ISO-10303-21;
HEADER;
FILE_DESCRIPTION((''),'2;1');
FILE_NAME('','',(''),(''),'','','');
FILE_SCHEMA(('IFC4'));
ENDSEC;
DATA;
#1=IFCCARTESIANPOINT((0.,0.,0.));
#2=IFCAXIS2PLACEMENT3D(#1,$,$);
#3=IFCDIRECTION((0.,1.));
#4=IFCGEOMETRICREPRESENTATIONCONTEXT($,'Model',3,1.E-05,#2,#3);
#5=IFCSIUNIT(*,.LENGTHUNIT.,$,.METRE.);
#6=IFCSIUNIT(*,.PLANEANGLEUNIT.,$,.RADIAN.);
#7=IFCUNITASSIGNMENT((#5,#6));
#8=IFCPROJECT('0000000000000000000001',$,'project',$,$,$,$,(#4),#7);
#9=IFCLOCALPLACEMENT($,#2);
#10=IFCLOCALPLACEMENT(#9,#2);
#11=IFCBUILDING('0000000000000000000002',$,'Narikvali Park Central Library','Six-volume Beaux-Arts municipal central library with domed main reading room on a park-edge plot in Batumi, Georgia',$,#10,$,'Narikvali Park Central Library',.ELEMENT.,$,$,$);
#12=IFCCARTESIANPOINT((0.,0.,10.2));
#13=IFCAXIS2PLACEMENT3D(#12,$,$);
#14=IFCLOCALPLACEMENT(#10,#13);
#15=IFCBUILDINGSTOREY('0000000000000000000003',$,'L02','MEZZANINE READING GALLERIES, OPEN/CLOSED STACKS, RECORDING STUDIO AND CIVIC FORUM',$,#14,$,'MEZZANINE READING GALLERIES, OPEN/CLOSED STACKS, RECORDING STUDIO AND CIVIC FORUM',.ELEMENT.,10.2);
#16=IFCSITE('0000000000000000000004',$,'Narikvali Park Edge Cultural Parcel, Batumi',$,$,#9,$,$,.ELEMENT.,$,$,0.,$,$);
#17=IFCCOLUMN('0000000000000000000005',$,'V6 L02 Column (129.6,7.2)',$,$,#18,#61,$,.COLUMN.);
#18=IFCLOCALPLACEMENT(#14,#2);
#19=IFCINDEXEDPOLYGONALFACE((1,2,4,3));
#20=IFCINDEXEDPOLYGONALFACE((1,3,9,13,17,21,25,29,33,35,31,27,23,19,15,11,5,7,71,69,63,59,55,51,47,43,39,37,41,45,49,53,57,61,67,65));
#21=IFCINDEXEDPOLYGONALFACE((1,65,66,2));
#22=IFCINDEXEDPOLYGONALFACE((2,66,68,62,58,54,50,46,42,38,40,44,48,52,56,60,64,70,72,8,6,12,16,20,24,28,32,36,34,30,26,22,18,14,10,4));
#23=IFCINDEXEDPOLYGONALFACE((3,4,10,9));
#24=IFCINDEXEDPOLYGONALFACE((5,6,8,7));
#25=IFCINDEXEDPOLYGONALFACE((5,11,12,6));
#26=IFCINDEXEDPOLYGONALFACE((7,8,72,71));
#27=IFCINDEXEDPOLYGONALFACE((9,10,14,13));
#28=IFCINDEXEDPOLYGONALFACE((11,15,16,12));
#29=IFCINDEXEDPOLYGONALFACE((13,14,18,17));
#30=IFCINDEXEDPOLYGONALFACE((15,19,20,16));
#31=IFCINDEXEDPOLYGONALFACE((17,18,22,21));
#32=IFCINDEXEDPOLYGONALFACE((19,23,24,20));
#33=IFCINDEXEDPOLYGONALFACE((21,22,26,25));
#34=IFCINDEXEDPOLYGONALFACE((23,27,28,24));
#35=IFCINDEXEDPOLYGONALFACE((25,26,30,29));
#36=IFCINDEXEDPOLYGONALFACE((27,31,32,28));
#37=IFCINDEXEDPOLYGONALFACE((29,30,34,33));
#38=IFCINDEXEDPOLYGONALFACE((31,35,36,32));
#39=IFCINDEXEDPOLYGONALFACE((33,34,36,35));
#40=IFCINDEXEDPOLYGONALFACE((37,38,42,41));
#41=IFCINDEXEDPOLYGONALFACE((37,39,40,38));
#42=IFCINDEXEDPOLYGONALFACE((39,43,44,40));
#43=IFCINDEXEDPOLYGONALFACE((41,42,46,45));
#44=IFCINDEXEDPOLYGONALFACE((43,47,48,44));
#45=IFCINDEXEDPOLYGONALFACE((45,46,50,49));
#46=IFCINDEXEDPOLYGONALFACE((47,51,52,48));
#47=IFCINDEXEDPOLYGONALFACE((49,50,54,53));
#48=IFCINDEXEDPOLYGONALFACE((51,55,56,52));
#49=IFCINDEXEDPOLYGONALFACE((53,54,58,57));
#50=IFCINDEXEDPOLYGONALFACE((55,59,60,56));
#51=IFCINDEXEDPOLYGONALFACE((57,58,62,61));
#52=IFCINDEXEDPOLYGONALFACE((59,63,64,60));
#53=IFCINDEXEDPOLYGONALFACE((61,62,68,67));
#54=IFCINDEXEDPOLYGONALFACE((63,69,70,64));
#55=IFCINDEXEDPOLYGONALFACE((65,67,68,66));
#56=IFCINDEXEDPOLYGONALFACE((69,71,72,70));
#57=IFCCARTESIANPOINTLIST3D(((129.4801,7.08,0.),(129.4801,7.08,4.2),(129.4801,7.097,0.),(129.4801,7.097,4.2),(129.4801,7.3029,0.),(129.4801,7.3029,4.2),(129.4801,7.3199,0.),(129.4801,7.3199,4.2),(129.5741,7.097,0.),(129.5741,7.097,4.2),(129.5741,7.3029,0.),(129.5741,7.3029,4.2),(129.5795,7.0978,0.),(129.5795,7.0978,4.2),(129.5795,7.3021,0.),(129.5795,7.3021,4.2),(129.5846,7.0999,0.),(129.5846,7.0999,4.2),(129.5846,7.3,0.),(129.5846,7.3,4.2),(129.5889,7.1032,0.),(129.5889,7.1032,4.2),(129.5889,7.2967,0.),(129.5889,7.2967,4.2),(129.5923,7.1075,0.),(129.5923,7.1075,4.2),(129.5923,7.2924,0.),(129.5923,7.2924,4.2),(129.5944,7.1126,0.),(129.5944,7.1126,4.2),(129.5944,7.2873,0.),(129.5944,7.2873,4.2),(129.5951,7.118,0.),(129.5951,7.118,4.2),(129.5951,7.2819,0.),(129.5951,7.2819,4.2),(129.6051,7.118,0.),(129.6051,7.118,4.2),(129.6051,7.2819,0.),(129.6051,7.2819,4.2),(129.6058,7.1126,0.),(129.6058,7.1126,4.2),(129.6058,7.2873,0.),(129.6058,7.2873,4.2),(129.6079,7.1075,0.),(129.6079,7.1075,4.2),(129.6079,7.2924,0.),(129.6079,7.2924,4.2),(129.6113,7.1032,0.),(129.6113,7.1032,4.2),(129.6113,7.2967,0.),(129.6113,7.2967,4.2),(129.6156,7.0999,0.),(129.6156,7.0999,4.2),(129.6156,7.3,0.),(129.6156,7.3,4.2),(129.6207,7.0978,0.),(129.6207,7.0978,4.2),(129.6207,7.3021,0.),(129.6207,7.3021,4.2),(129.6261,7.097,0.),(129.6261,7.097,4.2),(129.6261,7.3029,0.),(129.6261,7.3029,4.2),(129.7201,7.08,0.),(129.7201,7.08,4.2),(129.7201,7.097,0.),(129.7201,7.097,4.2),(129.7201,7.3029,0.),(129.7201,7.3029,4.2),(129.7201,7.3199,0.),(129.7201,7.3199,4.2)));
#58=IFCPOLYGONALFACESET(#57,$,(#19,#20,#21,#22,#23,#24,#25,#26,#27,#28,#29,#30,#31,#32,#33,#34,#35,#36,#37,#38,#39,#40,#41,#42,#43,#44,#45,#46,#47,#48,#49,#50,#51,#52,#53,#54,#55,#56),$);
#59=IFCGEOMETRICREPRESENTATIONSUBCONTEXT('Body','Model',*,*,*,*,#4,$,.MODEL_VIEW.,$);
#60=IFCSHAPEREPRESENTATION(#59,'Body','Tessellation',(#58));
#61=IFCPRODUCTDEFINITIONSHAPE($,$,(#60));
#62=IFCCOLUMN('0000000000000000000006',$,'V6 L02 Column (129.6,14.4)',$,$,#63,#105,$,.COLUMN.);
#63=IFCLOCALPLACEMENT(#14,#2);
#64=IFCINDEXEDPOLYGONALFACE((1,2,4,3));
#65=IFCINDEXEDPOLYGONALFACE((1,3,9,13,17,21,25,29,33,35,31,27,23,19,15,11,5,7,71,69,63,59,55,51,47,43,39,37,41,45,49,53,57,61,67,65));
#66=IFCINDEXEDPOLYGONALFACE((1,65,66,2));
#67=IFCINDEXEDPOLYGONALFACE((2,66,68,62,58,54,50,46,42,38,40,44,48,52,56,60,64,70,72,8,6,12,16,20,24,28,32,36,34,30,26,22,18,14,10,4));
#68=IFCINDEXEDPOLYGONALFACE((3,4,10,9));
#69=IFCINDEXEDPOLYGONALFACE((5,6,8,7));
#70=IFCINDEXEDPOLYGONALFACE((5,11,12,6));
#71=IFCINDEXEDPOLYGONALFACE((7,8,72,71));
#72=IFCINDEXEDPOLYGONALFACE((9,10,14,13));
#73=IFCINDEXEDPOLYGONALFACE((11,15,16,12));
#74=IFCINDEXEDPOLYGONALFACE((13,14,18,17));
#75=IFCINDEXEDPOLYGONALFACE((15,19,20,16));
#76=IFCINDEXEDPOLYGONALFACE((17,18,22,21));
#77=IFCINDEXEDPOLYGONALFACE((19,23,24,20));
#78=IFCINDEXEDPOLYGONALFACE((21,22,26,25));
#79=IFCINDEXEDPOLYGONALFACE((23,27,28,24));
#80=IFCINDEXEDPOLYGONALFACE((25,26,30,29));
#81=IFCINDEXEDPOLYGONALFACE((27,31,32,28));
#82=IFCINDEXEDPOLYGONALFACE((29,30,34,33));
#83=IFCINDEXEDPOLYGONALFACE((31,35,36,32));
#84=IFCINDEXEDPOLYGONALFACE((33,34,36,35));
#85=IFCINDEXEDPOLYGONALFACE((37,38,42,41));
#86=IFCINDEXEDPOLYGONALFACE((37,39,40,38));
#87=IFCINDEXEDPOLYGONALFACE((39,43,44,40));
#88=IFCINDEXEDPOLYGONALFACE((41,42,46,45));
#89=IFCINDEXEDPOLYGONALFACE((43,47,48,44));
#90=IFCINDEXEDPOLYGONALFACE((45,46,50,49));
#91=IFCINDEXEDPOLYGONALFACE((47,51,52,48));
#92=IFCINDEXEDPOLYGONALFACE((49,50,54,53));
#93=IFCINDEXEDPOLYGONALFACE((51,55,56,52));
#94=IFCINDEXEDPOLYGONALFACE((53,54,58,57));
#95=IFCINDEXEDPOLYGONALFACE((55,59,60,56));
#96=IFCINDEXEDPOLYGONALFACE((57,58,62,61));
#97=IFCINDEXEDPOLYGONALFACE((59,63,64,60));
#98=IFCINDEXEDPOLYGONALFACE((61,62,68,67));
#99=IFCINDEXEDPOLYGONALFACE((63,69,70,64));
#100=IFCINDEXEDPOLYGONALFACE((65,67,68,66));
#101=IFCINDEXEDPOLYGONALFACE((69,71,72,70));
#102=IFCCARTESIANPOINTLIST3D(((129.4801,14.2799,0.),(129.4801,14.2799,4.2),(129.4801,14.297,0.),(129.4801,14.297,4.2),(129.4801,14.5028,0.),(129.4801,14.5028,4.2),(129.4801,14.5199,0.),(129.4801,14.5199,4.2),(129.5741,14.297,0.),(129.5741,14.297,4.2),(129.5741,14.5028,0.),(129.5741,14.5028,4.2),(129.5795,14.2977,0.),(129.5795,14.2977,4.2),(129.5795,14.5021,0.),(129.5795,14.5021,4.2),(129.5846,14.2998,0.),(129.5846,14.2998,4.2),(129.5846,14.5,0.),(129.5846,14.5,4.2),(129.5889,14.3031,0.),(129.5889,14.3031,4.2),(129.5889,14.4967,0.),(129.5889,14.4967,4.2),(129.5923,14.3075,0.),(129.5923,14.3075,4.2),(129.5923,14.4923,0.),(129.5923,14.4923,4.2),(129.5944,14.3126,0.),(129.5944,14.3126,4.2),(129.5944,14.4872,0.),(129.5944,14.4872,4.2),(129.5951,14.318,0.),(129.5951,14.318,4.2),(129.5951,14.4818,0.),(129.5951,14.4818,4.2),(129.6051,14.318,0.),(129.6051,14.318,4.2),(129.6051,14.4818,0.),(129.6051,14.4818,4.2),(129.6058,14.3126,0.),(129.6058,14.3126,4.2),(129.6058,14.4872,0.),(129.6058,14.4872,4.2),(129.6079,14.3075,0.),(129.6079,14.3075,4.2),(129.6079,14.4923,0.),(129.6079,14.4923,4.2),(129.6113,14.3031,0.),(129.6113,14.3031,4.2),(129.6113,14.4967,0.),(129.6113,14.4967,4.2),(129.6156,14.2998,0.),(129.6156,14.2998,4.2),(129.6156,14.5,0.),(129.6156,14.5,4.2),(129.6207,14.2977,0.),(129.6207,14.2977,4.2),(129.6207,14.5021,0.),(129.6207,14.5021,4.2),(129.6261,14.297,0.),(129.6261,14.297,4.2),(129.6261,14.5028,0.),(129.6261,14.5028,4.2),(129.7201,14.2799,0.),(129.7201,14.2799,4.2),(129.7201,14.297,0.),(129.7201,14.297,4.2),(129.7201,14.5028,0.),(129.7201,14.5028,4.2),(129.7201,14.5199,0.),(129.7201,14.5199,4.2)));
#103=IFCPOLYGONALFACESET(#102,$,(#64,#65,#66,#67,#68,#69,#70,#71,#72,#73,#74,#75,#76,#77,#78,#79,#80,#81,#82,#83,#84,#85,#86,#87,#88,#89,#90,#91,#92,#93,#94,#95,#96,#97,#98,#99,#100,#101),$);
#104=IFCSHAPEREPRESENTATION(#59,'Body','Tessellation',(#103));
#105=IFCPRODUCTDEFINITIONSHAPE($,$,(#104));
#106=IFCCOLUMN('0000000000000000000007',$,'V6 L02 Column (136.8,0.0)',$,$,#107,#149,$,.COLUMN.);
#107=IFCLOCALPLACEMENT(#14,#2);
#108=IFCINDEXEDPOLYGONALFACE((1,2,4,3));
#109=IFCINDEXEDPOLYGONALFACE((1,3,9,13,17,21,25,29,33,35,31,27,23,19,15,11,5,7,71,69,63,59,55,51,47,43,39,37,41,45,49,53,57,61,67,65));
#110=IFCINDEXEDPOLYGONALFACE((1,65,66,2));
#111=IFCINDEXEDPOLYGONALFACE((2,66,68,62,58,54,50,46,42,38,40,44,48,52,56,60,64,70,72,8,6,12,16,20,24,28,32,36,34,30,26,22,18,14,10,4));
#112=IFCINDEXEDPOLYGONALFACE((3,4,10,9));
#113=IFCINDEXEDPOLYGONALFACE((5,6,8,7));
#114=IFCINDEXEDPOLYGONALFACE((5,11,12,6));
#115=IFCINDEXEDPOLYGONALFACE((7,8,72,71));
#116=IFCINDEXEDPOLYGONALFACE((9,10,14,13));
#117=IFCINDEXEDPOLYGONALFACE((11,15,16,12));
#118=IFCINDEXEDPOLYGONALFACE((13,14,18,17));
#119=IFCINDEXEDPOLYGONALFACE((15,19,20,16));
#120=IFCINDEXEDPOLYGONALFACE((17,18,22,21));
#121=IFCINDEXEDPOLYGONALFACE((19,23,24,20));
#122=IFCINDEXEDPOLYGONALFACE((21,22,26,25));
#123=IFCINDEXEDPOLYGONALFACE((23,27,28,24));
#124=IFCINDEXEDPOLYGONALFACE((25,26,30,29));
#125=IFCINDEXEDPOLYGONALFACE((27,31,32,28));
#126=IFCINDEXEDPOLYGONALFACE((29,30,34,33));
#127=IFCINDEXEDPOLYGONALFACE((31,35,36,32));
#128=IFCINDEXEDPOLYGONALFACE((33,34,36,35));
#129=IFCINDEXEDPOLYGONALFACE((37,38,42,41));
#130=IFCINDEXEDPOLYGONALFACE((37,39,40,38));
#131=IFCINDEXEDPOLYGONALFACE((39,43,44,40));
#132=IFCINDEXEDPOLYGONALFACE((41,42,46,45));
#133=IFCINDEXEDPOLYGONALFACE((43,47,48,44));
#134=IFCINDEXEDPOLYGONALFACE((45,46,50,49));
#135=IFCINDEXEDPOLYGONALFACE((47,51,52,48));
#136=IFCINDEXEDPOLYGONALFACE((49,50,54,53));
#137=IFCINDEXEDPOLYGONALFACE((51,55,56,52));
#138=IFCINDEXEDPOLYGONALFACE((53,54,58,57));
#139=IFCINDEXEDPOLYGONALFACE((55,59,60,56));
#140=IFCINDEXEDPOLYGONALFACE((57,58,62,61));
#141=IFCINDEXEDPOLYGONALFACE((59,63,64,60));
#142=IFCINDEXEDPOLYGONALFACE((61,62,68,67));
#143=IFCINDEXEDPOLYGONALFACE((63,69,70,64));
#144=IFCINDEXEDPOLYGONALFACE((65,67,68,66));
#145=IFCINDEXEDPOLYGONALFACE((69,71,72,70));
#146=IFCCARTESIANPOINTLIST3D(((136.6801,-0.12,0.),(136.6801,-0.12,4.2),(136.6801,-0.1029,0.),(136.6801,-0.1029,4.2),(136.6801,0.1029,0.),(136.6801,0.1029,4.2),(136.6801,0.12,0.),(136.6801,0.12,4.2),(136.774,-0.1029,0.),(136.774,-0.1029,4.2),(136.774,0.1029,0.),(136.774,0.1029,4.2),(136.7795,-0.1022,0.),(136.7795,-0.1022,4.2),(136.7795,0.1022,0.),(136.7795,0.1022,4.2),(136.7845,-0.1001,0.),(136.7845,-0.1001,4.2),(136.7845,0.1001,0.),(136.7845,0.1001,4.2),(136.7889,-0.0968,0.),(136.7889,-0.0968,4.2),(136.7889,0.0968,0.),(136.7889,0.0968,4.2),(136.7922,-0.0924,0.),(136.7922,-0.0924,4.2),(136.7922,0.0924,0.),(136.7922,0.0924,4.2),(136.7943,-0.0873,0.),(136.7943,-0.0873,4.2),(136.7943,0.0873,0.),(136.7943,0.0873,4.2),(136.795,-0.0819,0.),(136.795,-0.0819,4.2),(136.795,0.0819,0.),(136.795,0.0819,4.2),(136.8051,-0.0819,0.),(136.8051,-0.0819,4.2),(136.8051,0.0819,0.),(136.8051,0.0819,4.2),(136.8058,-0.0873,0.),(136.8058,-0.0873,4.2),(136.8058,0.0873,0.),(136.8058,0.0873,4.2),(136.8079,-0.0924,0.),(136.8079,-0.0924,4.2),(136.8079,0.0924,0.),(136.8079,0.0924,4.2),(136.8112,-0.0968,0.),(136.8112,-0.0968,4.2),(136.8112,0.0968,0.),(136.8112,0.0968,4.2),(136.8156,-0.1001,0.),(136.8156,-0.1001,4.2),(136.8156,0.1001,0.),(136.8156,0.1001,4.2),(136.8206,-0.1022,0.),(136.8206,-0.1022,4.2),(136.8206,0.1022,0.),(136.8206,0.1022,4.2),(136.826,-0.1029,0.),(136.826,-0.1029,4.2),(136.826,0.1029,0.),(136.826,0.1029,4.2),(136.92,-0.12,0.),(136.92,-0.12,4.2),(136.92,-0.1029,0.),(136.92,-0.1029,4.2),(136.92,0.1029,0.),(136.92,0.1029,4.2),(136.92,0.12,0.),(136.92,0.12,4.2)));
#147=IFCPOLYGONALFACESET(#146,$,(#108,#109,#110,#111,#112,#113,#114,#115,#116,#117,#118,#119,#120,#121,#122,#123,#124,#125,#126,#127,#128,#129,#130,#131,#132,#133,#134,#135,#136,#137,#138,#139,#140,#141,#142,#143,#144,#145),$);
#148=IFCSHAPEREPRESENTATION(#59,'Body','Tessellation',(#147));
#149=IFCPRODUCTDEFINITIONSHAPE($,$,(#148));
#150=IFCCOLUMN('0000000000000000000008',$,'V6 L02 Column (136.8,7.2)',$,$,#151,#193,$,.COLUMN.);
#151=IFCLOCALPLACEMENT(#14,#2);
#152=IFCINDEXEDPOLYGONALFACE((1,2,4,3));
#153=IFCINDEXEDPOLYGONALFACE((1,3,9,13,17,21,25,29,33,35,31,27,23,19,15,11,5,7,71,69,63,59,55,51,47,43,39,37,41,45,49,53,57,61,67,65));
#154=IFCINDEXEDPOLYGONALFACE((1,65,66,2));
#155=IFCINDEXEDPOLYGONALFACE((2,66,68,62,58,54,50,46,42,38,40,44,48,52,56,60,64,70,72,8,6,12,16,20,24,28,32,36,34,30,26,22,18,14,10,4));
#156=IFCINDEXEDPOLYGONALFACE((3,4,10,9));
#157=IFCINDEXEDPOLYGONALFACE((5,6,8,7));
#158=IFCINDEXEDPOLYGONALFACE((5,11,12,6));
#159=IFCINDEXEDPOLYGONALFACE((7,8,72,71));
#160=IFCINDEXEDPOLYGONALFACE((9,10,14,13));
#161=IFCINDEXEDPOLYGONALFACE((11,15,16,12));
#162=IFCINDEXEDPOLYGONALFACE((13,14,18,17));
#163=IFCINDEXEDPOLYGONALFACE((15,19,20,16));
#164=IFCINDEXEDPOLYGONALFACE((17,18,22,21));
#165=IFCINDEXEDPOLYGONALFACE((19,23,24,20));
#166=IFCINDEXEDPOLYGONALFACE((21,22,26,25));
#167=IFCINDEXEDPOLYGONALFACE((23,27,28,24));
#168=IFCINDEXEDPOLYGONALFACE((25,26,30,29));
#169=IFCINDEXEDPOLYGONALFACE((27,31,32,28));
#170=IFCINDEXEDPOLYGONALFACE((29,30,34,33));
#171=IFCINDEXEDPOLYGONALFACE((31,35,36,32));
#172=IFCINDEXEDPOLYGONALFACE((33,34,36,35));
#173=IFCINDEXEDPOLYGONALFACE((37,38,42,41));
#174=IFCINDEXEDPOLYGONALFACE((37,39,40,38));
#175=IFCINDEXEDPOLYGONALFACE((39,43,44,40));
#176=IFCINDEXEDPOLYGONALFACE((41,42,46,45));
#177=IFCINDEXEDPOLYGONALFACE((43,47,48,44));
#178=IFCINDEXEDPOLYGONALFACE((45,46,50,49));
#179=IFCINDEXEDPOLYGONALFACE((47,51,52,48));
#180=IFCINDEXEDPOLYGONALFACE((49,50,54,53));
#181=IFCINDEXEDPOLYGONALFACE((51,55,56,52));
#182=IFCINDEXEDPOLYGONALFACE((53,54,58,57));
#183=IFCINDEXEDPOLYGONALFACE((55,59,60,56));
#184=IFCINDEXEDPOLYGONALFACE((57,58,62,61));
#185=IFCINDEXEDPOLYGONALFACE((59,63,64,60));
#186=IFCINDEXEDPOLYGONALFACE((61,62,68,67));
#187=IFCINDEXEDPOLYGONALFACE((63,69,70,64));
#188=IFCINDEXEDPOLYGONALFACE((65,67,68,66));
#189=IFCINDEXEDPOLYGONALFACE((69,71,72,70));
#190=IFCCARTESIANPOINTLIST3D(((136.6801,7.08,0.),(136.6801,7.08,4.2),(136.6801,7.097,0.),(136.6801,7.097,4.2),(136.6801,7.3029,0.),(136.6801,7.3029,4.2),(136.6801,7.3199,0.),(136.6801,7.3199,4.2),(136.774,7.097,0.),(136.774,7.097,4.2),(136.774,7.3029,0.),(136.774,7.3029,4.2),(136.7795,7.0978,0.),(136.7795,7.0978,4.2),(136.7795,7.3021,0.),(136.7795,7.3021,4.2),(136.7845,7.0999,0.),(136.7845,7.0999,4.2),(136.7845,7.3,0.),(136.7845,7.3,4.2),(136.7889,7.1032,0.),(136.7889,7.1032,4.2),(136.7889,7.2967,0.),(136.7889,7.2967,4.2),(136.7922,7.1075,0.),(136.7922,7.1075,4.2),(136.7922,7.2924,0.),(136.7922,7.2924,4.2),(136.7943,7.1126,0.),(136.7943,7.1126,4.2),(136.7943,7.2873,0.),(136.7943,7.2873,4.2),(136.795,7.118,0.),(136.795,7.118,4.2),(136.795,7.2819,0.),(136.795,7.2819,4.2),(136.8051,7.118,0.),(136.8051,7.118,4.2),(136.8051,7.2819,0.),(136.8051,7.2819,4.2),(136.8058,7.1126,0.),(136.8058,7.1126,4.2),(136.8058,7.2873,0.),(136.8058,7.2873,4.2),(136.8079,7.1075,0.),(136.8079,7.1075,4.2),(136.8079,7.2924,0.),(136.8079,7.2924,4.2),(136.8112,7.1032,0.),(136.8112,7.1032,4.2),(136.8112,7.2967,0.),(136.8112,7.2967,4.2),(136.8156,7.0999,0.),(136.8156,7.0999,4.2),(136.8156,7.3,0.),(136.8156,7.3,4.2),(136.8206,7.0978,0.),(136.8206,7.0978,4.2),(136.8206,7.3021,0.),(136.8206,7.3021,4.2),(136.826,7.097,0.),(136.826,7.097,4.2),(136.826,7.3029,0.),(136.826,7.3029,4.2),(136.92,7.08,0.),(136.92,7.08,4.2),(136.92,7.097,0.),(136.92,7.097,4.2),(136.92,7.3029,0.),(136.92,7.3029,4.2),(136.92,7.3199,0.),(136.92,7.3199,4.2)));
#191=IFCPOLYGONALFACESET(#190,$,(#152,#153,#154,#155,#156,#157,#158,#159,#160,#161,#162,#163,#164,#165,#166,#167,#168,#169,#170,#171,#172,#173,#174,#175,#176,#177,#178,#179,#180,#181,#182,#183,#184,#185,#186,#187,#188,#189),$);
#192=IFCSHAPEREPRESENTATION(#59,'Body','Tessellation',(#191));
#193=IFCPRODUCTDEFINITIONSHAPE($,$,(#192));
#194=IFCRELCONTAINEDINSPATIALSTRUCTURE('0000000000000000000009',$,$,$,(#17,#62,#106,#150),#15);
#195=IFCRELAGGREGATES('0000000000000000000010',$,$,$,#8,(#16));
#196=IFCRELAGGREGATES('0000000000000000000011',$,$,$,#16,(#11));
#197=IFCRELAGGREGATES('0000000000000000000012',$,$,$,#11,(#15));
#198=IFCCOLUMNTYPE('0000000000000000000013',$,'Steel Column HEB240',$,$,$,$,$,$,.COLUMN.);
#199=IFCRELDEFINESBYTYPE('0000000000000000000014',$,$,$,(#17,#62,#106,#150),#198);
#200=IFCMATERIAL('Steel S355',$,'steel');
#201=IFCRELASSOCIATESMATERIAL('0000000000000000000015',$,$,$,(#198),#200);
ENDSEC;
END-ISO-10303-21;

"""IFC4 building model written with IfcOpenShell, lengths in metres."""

from ifc_helpers import new_model, si_unit, direction, frame, origin, origin_2d, place, context, subcontext, project, spatial, i_section, extrude, material, material_profile, profile_set, type_object, element, save


model = new_model("IFC4")

# Units and contexts
model_context = context("Model", 3, precision=1e-05, world=origin(), true_north=direction((0.0, 1.0)))
body_context = subcontext(model_context, "Body", "Model", "MODEL_VIEW")
ifc_project = project(units=[si_unit("LENGTHUNIT", "METRE"), si_unit("PLANEANGLEUNIT", "RADIAN")], contexts=[model_context])

# Site, building, storey
site_placement = place(None, origin())
site = spatial("IfcSite", under=ifc_project, at=site_placement, Name="Narikvali Park Edge Cultural Parcel, Batumi", CompositionType="ELEMENT", RefElevation=0.0)
building_placement = place(site_placement, origin())
building = spatial("IfcBuilding", under=site, at=building_placement, Name="Narikvali Park Central Library", Description="Six-volume Beaux-Arts municipal central library with domed main reading room on a park-edge plot in Batumi, Georgia", LongName="Narikvali Park Central Library", CompositionType="ELEMENT")
storey_placement = place(building_placement, frame((0.0, 0.0, 10.2)))
storey = spatial("IfcBuildingStorey", under=building, at=storey_placement, Name="L02", Description="MEZZANINE READING GALLERIES, OPEN/CLOSED STACKS, RECORDING STUDIO AND CIVIC FORUM", LongName="MEZZANINE READING GALLERIES, OPEN/CLOSED STACKS, RECORDING STUDIO AND CIVIC FORUM", CompositionType="ELEMENT", Elevation=10.2)

# Columns
ifc_material_1 = material(Name="Steel S355", Category="steel")
ifc_material_profile_1 = material_profile(ifc_material_1, i_section(OverallWidth=0.24, OverallDepth=0.24, WebThickness=0.01, FlangeThickness=0.0171, FilletRadius=0.021, at=origin_2d()), Name="HEB 240")
ifc_profile_set_1 = profile_set([ifc_material_profile_1], Name="Steel S355")
column_type = type_object("IfcColumnType", Name="Steel Column HEB240", PredefinedType="COLUMN", material=ifc_profile_set_1)
for number, where, z_axis, x_axis, name in (
    (1, (129.6001, 7.2, 0.0), (0.0, 0.0, 1.0), (1.0, 0.0, 0.0), "V6 L02 Column (129.6,7.2)"),
    (2, (129.6001, 14.3999, 0.0), (0.0, 0.0, 1.0), (1.0, 0.0, 0.0), "V6 L02 Column (129.6,14.4)"),
    (3, (136.8, 0.0, 0.0), (0.0, 0.0, 1.0), (1.0, 0.0, 0.0), "V6 L02 Column (136.8,0.0)"),
    (4, (136.8, 7.2, 0.0), (0.0, 0.0, 1.0), (1.0, 0.0, 0.0), "V6 L02 Column (136.8,7.2)"),
):
    element("IfcColumn", number, at=place(storey_placement, frame(where, z_axis=z_axis, x_axis=x_axis)), inside=storey, type_object=column_type, Name=name, PredefinedType="COLUMN", context=body_context, shape_type="SweptSolid", body=[
        extrude(i_section(OverallWidth=0.24, OverallDepth=0.24, WebThickness=0.01, FlangeThickness=0.0171, FilletRadius=0.021, at=origin_2d()), origin(), (0.0, 0.0, 1.0), 4.2),
    ])

save(model, "model.ifc")
